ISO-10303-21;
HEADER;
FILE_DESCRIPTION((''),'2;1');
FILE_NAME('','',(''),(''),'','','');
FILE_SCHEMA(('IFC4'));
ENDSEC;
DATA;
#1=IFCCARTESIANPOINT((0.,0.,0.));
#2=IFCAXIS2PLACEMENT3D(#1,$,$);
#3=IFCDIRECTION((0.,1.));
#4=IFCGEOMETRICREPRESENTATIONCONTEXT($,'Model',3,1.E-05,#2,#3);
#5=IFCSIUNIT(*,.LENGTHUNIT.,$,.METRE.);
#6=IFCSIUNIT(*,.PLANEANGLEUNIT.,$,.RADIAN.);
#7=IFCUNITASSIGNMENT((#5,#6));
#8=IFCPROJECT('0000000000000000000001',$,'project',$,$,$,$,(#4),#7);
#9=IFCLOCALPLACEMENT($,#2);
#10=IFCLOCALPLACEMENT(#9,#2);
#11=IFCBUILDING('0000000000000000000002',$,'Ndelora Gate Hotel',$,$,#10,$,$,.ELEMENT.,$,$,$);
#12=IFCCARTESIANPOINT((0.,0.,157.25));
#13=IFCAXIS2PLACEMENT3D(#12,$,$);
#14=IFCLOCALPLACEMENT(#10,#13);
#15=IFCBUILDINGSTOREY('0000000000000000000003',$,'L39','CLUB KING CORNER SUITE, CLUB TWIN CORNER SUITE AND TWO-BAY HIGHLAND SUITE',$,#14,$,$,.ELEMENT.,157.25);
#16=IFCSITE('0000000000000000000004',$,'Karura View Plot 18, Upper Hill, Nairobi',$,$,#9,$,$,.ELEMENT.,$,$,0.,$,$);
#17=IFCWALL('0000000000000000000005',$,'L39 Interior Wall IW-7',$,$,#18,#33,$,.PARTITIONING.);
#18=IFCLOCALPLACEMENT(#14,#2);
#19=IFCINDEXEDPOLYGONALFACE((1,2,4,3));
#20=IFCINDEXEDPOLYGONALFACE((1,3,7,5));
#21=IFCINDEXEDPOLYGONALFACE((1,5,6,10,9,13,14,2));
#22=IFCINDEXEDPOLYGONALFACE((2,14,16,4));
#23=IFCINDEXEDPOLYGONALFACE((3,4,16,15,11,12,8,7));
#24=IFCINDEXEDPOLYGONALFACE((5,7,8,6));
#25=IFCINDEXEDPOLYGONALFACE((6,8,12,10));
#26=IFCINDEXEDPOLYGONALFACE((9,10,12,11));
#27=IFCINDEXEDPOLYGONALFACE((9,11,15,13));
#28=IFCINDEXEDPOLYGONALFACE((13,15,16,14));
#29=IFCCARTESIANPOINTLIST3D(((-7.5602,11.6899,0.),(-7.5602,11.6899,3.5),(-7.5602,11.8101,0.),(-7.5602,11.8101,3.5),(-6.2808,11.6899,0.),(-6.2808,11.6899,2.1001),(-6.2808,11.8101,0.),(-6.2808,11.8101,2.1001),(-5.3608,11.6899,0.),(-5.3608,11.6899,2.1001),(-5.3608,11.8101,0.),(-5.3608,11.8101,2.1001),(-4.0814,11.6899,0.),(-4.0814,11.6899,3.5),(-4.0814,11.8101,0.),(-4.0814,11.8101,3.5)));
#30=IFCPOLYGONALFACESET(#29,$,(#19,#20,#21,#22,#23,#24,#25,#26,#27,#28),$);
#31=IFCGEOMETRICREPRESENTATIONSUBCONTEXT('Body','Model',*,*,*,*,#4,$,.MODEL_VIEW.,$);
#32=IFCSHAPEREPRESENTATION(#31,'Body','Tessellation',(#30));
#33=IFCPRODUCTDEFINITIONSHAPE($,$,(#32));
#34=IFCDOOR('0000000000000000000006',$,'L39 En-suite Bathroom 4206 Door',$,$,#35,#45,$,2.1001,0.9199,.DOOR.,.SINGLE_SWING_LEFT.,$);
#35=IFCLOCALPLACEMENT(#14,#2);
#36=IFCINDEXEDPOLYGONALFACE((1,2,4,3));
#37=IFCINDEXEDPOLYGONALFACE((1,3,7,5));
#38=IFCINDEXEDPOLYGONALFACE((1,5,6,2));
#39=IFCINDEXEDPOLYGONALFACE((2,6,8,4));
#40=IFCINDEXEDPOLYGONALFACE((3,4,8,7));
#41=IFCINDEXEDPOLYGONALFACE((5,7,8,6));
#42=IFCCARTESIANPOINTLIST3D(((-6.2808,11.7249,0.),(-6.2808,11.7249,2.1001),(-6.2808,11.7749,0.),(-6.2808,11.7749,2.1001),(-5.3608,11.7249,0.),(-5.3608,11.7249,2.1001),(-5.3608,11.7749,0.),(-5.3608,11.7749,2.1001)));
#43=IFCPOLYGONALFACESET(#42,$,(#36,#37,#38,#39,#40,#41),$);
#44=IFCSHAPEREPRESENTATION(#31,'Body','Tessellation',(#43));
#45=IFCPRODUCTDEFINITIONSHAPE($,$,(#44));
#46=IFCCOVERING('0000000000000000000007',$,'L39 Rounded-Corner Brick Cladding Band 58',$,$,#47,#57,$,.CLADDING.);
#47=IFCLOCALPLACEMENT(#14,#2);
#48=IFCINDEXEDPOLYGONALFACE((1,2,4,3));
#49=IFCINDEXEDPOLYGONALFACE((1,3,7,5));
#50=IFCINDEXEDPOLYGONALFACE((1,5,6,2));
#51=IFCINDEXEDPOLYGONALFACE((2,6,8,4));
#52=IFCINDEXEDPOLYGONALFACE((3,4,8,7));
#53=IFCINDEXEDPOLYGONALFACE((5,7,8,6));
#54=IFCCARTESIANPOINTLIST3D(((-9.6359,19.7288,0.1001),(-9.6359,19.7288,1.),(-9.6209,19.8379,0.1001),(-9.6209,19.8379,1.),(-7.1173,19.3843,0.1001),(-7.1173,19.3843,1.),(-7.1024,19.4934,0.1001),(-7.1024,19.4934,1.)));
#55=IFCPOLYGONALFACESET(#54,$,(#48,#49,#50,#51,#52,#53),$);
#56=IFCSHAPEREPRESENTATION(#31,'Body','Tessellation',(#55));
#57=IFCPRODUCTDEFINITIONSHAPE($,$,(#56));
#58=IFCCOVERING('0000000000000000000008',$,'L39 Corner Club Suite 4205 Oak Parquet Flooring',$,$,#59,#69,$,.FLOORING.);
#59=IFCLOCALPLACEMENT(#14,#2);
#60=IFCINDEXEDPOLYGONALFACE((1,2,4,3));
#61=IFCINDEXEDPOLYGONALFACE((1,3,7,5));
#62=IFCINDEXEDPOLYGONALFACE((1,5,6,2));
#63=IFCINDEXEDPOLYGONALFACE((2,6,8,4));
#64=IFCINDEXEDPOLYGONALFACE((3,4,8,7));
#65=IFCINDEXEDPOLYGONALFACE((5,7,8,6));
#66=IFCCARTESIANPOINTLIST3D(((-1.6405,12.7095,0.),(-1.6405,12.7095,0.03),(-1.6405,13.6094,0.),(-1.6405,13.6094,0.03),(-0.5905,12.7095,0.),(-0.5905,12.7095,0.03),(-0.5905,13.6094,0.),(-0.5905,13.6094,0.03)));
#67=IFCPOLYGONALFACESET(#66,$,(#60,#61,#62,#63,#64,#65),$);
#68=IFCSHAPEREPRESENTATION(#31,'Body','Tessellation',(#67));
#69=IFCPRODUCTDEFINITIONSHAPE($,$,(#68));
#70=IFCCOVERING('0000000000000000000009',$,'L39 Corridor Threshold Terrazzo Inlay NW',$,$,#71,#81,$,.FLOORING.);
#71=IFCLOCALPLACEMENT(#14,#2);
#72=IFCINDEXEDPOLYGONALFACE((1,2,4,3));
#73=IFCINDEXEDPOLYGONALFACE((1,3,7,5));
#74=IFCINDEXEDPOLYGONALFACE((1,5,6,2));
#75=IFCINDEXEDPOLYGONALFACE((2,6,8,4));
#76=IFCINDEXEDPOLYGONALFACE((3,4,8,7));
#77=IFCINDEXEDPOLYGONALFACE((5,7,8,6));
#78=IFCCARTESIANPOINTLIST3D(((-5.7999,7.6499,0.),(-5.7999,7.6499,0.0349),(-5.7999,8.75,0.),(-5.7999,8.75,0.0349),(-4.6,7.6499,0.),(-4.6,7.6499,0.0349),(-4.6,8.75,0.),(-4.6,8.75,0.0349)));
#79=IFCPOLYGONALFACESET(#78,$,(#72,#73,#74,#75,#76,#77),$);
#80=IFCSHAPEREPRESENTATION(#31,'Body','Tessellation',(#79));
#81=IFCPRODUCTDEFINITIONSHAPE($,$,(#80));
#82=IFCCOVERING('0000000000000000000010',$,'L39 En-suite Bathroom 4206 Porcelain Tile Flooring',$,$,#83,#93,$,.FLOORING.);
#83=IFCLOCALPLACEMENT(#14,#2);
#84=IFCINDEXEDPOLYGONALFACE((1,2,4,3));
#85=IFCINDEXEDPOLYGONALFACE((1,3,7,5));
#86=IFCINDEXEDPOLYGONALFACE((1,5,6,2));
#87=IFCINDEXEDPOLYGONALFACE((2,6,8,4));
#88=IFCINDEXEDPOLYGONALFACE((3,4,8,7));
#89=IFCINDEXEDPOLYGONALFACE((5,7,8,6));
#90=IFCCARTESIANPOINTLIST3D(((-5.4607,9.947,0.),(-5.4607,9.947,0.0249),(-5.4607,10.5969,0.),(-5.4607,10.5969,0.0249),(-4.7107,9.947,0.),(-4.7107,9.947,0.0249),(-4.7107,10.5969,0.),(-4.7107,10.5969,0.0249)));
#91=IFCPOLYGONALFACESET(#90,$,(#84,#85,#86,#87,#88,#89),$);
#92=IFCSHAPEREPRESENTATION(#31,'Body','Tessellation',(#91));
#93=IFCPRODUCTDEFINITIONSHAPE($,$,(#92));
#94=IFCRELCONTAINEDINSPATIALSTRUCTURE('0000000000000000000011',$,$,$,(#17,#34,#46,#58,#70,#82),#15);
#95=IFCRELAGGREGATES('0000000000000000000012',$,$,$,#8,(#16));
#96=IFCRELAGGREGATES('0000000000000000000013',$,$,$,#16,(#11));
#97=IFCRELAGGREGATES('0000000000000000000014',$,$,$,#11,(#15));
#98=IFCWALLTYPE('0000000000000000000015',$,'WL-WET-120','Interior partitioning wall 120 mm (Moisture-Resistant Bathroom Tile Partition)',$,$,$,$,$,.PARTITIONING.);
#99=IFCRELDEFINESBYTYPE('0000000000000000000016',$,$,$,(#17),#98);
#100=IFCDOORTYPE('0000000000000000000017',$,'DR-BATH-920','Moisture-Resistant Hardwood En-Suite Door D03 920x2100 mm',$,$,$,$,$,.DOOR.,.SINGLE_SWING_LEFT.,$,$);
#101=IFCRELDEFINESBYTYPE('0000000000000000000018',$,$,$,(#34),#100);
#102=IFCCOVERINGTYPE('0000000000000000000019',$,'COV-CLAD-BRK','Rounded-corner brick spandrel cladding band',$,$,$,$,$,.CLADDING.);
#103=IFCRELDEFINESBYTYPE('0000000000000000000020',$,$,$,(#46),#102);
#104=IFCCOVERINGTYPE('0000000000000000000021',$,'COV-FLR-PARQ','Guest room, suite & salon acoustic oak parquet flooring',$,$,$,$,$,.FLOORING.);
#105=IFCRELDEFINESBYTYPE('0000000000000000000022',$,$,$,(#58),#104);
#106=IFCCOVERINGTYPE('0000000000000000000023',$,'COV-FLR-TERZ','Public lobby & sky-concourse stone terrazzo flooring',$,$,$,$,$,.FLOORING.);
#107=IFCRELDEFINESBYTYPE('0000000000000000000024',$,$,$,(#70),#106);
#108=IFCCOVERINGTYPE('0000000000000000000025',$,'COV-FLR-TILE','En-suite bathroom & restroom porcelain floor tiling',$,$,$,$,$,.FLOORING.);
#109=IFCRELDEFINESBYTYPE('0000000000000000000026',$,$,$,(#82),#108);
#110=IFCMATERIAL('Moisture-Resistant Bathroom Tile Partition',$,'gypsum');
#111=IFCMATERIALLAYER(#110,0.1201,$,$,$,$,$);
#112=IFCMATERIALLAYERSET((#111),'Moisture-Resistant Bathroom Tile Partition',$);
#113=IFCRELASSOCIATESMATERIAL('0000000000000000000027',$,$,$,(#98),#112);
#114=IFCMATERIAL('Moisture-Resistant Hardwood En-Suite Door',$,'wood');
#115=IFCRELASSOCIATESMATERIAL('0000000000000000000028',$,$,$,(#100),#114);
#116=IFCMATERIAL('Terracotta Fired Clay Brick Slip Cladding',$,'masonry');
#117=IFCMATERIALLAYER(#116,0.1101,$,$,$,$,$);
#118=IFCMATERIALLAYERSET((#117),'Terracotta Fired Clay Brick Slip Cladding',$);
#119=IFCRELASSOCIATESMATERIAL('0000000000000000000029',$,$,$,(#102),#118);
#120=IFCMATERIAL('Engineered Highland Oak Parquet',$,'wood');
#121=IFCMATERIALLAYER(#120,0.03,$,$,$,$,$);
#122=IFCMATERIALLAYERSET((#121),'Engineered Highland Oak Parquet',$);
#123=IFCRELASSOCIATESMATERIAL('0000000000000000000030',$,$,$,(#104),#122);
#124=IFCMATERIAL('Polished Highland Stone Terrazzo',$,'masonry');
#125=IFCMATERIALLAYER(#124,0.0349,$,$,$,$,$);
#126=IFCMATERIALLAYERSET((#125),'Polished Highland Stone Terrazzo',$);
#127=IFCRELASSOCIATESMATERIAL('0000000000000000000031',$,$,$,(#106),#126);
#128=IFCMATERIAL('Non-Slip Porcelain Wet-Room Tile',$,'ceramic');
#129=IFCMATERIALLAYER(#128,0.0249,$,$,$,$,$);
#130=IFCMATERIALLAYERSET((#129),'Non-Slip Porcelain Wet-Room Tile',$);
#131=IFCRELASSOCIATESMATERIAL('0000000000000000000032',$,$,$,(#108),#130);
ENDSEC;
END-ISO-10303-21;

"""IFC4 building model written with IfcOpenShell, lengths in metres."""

from ifc_helpers import new_model, si_unit, direction, frame, frame_2d, origin, origin_2d, place, context, subcontext, project, spatial, rectangle, extrude, material, layer, layer_set, type_object, element, fill, save


model = new_model("IFC4")

# Units and contexts
model_context = context("Model", 3, precision=1e-05, world=origin(), true_north=direction((0.0, 1.0)))
body_context = subcontext(model_context, "Body", "Model", "MODEL_VIEW")
ifc_project = project(units=[si_unit("LENGTHUNIT", "METRE"), si_unit("PLANEANGLEUNIT", "RADIAN")], contexts=[model_context])

# Site, building, storey
site_placement = place(None, origin())
site = spatial("IfcSite", under=ifc_project, at=site_placement, Name="Karura View Plot 18, Upper Hill, Nairobi", CompositionType="ELEMENT", RefElevation=0.0)
building_placement = place(site_placement, origin())
building = spatial("IfcBuilding", under=site, at=building_placement, Name="Ndelora Gate Hotel", CompositionType="ELEMENT")
storey_placement = place(building_placement, frame((0.0, 0.0, 157.25)))
storey = spatial("IfcBuildingStorey", under=building, at=storey_placement, Name="L39", Description="CLUB KING CORNER SUITE, CLUB TWIN CORNER SUITE AND TWO-BAY HIGHLAND SUITE", CompositionType="ELEMENT", Elevation=157.25)

# Shared definitions
ifc_material_1 = material(Name="Moisture-Resistant Bathroom Tile Partition", Category="gypsum")
ifc_layer_1 = layer(ifc_material_1, 0.1201)
ifc_layer_set_1 = layer_set([ifc_layer_1], Name="Moisture-Resistant Bathroom Tile Partition")
wall_type_1 = type_object("IfcWallType", Name="WL-WET-120", Description="Interior partitioning wall 120 mm (Moisture-Resistant Bathroom Tile Partition)", PredefinedType="PARTITIONING", material=ifc_layer_set_1)

# Shared definitions
ifc_material_2 = material(Name="Moisture-Resistant Hardwood En-Suite Door", Category="wood")
door_type_1 = type_object("IfcDoorType", Name="DR-BATH-920", Description="Moisture-Resistant Hardwood En-Suite Door D03 920x2100 mm", OperationType="SINGLE_SWING_LEFT", PredefinedType="DOOR", material=ifc_material_2)

# Wall, opening, door
wall_1_placement = place(storey_placement, frame((-7.5601, 11.75, 0.0), z_axis=(0.0, 0.0, 1.0), x_axis=(1.0, 0.0, 0.0)))
wall_1 = element("IfcWall", 1, at=wall_1_placement, inside=storey, type_object=wall_type_1, Name="L39 Interior Wall IW-7", PredefinedType="PARTITIONING", context=body_context, shape_type="SweptSolid", body=[
    extrude(rectangle(XDim=3.4788, YDim=0.1201, at=frame_2d((1.7393, 0.0))), origin(), (0.0, 0.0, 1.0), 3.5),
])
opening_1_placement = place(wall_1_placement, frame((1.2793, 0.0, 0.0)))
opening_1 = element("IfcOpeningElement", 2, at=opening_1_placement, cuts=wall_1, PredefinedType="OPENING", context=body_context, shape_type="SweptSolid", body=[
    extrude(rectangle(XDim=0.9199, YDim=2.1001, at=frame_2d((0.46, 1.05))), frame((0.0, 0.0701, 0.0), z_axis=(0.0, -1.0, 0.0), x_axis=(1.0, 0.0, 0.0)), (0.0, 0.0, 1.0), 0.1401),
])
door_1_placement = place(opening_1_placement, origin())
door_1 = element("IfcDoor", 3, at=door_1_placement, inside=storey, type_object=door_type_1, Name="L39 En-suite Bathroom 4206 Door", OperationType="SINGLE_SWING_LEFT", OverallHeight=2.1001, OverallWidth=0.9199, PredefinedType="DOOR", context=body_context, shape_type="SweptSolid", body=[
    extrude(rectangle(XDim=0.9199, YDim=2.1001, at=frame_2d((0.46, 1.05))), frame((0.0, 0.0249, 0.0), z_axis=(0.0, -1.0, 0.0), x_axis=(1.0, 0.0, 0.0)), (0.0, 0.0, 1.0), 0.05),
])
fill(opening_1, door_1)

# Coverings
ifc_material_3 = material(Name="Terracotta Fired Clay Brick Slip Cladding", Category="masonry")
ifc_layer_2 = layer(ifc_material_3, 0.1101)
ifc_layer_set_2 = layer_set([ifc_layer_2], Name="Terracotta Fired Clay Brick Slip Cladding")
covering_type_1 = type_object("IfcCoveringType", Name="COV-CLAD-BRK", Description="Rounded-corner brick spandrel cladding band", PredefinedType="CLADDING", material=ifc_layer_set_2)
covering_1_placement = place(storey_placement, frame((-8.3691, 19.6111, 0.1001), z_axis=(0.0, 0.0, 1.0), x_axis=(-0.990772, 0.135543, 0.0)))
element("IfcCovering", 4, at=covering_1_placement, inside=storey, type_object=covering_type_1, Name="L39 Rounded-Corner Brick Cladding Band 58", PredefinedType="CLADDING", context=body_context, shape_type="SweptSolid", body=[
    extrude(rectangle(XDim=2.542, YDim=0.1101, at=origin_2d()), origin(), (0.0, 0.0, 1.0), 0.8999),
])
ifc_material_4 = material(Name="Engineered Highland Oak Parquet", Category="wood")
ifc_layer_3 = layer(ifc_material_4, 0.03)
ifc_layer_set_3 = layer_set([ifc_layer_3], Name="Engineered Highland Oak Parquet")
covering_type_2 = type_object("IfcCoveringType", Name="COV-FLR-PARQ", Description="Guest room, suite & salon acoustic oak parquet flooring", PredefinedType="FLOORING", material=ifc_layer_set_3)
covering_2_placement = place(storey_placement, frame((-1.1155, 13.1594, 0.0), z_axis=(0.0, 0.0, 1.0), x_axis=(1.0, 0.0, 0.0)))
element("IfcCovering", 5, at=covering_2_placement, inside=storey, type_object=covering_type_2, Name="L39 Corner Club Suite 4205 Oak Parquet Flooring", PredefinedType="FLOORING", context=body_context, shape_type="SweptSolid", body=[
    extrude(rectangle(XDim=1.05, YDim=0.8999, at=origin_2d()), origin(), (0.0, 0.0, 1.0), 0.03),
])
ifc_material_5 = material(Name="Polished Highland Stone Terrazzo", Category="masonry")
ifc_layer_4 = layer(ifc_material_5, 0.0349)
ifc_layer_set_4 = layer_set([ifc_layer_4], Name="Polished Highland Stone Terrazzo")
covering_type_3 = type_object("IfcCoveringType", Name="COV-FLR-TERZ", Description="Public lobby & sky-concourse stone terrazzo flooring", PredefinedType="FLOORING", material=ifc_layer_set_4)
covering_3_placement = place(storey_placement, frame((-5.2, 8.2, 0.0), z_axis=(0.0, 0.0, 1.0), x_axis=(1.0, 0.0, 0.0)))
element("IfcCovering", 6, at=covering_3_placement, inside=storey, type_object=covering_type_3, Name="L39 Corridor Threshold Terrazzo Inlay NW", PredefinedType="FLOORING", context=body_context, shape_type="SweptSolid", body=[
    extrude(rectangle(XDim=1.2, YDim=1.1001, at=origin_2d()), origin(), (0.0, 0.0, 1.0), 0.0349),
])
ifc_material_6 = material(Name="Non-Slip Porcelain Wet-Room Tile", Category="ceramic")
ifc_layer_5 = layer(ifc_material_6, 0.0249)
ifc_layer_set_5 = layer_set([ifc_layer_5], Name="Non-Slip Porcelain Wet-Room Tile")
covering_type_4 = type_object("IfcCoveringType", Name="COV-FLR-TILE", Description="En-suite bathroom & restroom porcelain floor tiling", PredefinedType="FLOORING", material=ifc_layer_set_5)
covering_4_placement = place(storey_placement, frame((-5.0857, 10.272, 0.0), z_axis=(0.0, 0.0, 1.0), x_axis=(1.0, 0.0, 0.0)))
element("IfcCovering", 7, at=covering_4_placement, inside=storey, type_object=covering_type_4, Name="L39 En-suite Bathroom 4206 Porcelain Tile Flooring", PredefinedType="FLOORING", context=body_context, shape_type="SweptSolid", body=[
    extrude(rectangle(XDim=0.75, YDim=0.6499, at=origin_2d()), origin(), (0.0, 0.0, 1.0), 0.0249),
])

save(model, "model.ifc")
